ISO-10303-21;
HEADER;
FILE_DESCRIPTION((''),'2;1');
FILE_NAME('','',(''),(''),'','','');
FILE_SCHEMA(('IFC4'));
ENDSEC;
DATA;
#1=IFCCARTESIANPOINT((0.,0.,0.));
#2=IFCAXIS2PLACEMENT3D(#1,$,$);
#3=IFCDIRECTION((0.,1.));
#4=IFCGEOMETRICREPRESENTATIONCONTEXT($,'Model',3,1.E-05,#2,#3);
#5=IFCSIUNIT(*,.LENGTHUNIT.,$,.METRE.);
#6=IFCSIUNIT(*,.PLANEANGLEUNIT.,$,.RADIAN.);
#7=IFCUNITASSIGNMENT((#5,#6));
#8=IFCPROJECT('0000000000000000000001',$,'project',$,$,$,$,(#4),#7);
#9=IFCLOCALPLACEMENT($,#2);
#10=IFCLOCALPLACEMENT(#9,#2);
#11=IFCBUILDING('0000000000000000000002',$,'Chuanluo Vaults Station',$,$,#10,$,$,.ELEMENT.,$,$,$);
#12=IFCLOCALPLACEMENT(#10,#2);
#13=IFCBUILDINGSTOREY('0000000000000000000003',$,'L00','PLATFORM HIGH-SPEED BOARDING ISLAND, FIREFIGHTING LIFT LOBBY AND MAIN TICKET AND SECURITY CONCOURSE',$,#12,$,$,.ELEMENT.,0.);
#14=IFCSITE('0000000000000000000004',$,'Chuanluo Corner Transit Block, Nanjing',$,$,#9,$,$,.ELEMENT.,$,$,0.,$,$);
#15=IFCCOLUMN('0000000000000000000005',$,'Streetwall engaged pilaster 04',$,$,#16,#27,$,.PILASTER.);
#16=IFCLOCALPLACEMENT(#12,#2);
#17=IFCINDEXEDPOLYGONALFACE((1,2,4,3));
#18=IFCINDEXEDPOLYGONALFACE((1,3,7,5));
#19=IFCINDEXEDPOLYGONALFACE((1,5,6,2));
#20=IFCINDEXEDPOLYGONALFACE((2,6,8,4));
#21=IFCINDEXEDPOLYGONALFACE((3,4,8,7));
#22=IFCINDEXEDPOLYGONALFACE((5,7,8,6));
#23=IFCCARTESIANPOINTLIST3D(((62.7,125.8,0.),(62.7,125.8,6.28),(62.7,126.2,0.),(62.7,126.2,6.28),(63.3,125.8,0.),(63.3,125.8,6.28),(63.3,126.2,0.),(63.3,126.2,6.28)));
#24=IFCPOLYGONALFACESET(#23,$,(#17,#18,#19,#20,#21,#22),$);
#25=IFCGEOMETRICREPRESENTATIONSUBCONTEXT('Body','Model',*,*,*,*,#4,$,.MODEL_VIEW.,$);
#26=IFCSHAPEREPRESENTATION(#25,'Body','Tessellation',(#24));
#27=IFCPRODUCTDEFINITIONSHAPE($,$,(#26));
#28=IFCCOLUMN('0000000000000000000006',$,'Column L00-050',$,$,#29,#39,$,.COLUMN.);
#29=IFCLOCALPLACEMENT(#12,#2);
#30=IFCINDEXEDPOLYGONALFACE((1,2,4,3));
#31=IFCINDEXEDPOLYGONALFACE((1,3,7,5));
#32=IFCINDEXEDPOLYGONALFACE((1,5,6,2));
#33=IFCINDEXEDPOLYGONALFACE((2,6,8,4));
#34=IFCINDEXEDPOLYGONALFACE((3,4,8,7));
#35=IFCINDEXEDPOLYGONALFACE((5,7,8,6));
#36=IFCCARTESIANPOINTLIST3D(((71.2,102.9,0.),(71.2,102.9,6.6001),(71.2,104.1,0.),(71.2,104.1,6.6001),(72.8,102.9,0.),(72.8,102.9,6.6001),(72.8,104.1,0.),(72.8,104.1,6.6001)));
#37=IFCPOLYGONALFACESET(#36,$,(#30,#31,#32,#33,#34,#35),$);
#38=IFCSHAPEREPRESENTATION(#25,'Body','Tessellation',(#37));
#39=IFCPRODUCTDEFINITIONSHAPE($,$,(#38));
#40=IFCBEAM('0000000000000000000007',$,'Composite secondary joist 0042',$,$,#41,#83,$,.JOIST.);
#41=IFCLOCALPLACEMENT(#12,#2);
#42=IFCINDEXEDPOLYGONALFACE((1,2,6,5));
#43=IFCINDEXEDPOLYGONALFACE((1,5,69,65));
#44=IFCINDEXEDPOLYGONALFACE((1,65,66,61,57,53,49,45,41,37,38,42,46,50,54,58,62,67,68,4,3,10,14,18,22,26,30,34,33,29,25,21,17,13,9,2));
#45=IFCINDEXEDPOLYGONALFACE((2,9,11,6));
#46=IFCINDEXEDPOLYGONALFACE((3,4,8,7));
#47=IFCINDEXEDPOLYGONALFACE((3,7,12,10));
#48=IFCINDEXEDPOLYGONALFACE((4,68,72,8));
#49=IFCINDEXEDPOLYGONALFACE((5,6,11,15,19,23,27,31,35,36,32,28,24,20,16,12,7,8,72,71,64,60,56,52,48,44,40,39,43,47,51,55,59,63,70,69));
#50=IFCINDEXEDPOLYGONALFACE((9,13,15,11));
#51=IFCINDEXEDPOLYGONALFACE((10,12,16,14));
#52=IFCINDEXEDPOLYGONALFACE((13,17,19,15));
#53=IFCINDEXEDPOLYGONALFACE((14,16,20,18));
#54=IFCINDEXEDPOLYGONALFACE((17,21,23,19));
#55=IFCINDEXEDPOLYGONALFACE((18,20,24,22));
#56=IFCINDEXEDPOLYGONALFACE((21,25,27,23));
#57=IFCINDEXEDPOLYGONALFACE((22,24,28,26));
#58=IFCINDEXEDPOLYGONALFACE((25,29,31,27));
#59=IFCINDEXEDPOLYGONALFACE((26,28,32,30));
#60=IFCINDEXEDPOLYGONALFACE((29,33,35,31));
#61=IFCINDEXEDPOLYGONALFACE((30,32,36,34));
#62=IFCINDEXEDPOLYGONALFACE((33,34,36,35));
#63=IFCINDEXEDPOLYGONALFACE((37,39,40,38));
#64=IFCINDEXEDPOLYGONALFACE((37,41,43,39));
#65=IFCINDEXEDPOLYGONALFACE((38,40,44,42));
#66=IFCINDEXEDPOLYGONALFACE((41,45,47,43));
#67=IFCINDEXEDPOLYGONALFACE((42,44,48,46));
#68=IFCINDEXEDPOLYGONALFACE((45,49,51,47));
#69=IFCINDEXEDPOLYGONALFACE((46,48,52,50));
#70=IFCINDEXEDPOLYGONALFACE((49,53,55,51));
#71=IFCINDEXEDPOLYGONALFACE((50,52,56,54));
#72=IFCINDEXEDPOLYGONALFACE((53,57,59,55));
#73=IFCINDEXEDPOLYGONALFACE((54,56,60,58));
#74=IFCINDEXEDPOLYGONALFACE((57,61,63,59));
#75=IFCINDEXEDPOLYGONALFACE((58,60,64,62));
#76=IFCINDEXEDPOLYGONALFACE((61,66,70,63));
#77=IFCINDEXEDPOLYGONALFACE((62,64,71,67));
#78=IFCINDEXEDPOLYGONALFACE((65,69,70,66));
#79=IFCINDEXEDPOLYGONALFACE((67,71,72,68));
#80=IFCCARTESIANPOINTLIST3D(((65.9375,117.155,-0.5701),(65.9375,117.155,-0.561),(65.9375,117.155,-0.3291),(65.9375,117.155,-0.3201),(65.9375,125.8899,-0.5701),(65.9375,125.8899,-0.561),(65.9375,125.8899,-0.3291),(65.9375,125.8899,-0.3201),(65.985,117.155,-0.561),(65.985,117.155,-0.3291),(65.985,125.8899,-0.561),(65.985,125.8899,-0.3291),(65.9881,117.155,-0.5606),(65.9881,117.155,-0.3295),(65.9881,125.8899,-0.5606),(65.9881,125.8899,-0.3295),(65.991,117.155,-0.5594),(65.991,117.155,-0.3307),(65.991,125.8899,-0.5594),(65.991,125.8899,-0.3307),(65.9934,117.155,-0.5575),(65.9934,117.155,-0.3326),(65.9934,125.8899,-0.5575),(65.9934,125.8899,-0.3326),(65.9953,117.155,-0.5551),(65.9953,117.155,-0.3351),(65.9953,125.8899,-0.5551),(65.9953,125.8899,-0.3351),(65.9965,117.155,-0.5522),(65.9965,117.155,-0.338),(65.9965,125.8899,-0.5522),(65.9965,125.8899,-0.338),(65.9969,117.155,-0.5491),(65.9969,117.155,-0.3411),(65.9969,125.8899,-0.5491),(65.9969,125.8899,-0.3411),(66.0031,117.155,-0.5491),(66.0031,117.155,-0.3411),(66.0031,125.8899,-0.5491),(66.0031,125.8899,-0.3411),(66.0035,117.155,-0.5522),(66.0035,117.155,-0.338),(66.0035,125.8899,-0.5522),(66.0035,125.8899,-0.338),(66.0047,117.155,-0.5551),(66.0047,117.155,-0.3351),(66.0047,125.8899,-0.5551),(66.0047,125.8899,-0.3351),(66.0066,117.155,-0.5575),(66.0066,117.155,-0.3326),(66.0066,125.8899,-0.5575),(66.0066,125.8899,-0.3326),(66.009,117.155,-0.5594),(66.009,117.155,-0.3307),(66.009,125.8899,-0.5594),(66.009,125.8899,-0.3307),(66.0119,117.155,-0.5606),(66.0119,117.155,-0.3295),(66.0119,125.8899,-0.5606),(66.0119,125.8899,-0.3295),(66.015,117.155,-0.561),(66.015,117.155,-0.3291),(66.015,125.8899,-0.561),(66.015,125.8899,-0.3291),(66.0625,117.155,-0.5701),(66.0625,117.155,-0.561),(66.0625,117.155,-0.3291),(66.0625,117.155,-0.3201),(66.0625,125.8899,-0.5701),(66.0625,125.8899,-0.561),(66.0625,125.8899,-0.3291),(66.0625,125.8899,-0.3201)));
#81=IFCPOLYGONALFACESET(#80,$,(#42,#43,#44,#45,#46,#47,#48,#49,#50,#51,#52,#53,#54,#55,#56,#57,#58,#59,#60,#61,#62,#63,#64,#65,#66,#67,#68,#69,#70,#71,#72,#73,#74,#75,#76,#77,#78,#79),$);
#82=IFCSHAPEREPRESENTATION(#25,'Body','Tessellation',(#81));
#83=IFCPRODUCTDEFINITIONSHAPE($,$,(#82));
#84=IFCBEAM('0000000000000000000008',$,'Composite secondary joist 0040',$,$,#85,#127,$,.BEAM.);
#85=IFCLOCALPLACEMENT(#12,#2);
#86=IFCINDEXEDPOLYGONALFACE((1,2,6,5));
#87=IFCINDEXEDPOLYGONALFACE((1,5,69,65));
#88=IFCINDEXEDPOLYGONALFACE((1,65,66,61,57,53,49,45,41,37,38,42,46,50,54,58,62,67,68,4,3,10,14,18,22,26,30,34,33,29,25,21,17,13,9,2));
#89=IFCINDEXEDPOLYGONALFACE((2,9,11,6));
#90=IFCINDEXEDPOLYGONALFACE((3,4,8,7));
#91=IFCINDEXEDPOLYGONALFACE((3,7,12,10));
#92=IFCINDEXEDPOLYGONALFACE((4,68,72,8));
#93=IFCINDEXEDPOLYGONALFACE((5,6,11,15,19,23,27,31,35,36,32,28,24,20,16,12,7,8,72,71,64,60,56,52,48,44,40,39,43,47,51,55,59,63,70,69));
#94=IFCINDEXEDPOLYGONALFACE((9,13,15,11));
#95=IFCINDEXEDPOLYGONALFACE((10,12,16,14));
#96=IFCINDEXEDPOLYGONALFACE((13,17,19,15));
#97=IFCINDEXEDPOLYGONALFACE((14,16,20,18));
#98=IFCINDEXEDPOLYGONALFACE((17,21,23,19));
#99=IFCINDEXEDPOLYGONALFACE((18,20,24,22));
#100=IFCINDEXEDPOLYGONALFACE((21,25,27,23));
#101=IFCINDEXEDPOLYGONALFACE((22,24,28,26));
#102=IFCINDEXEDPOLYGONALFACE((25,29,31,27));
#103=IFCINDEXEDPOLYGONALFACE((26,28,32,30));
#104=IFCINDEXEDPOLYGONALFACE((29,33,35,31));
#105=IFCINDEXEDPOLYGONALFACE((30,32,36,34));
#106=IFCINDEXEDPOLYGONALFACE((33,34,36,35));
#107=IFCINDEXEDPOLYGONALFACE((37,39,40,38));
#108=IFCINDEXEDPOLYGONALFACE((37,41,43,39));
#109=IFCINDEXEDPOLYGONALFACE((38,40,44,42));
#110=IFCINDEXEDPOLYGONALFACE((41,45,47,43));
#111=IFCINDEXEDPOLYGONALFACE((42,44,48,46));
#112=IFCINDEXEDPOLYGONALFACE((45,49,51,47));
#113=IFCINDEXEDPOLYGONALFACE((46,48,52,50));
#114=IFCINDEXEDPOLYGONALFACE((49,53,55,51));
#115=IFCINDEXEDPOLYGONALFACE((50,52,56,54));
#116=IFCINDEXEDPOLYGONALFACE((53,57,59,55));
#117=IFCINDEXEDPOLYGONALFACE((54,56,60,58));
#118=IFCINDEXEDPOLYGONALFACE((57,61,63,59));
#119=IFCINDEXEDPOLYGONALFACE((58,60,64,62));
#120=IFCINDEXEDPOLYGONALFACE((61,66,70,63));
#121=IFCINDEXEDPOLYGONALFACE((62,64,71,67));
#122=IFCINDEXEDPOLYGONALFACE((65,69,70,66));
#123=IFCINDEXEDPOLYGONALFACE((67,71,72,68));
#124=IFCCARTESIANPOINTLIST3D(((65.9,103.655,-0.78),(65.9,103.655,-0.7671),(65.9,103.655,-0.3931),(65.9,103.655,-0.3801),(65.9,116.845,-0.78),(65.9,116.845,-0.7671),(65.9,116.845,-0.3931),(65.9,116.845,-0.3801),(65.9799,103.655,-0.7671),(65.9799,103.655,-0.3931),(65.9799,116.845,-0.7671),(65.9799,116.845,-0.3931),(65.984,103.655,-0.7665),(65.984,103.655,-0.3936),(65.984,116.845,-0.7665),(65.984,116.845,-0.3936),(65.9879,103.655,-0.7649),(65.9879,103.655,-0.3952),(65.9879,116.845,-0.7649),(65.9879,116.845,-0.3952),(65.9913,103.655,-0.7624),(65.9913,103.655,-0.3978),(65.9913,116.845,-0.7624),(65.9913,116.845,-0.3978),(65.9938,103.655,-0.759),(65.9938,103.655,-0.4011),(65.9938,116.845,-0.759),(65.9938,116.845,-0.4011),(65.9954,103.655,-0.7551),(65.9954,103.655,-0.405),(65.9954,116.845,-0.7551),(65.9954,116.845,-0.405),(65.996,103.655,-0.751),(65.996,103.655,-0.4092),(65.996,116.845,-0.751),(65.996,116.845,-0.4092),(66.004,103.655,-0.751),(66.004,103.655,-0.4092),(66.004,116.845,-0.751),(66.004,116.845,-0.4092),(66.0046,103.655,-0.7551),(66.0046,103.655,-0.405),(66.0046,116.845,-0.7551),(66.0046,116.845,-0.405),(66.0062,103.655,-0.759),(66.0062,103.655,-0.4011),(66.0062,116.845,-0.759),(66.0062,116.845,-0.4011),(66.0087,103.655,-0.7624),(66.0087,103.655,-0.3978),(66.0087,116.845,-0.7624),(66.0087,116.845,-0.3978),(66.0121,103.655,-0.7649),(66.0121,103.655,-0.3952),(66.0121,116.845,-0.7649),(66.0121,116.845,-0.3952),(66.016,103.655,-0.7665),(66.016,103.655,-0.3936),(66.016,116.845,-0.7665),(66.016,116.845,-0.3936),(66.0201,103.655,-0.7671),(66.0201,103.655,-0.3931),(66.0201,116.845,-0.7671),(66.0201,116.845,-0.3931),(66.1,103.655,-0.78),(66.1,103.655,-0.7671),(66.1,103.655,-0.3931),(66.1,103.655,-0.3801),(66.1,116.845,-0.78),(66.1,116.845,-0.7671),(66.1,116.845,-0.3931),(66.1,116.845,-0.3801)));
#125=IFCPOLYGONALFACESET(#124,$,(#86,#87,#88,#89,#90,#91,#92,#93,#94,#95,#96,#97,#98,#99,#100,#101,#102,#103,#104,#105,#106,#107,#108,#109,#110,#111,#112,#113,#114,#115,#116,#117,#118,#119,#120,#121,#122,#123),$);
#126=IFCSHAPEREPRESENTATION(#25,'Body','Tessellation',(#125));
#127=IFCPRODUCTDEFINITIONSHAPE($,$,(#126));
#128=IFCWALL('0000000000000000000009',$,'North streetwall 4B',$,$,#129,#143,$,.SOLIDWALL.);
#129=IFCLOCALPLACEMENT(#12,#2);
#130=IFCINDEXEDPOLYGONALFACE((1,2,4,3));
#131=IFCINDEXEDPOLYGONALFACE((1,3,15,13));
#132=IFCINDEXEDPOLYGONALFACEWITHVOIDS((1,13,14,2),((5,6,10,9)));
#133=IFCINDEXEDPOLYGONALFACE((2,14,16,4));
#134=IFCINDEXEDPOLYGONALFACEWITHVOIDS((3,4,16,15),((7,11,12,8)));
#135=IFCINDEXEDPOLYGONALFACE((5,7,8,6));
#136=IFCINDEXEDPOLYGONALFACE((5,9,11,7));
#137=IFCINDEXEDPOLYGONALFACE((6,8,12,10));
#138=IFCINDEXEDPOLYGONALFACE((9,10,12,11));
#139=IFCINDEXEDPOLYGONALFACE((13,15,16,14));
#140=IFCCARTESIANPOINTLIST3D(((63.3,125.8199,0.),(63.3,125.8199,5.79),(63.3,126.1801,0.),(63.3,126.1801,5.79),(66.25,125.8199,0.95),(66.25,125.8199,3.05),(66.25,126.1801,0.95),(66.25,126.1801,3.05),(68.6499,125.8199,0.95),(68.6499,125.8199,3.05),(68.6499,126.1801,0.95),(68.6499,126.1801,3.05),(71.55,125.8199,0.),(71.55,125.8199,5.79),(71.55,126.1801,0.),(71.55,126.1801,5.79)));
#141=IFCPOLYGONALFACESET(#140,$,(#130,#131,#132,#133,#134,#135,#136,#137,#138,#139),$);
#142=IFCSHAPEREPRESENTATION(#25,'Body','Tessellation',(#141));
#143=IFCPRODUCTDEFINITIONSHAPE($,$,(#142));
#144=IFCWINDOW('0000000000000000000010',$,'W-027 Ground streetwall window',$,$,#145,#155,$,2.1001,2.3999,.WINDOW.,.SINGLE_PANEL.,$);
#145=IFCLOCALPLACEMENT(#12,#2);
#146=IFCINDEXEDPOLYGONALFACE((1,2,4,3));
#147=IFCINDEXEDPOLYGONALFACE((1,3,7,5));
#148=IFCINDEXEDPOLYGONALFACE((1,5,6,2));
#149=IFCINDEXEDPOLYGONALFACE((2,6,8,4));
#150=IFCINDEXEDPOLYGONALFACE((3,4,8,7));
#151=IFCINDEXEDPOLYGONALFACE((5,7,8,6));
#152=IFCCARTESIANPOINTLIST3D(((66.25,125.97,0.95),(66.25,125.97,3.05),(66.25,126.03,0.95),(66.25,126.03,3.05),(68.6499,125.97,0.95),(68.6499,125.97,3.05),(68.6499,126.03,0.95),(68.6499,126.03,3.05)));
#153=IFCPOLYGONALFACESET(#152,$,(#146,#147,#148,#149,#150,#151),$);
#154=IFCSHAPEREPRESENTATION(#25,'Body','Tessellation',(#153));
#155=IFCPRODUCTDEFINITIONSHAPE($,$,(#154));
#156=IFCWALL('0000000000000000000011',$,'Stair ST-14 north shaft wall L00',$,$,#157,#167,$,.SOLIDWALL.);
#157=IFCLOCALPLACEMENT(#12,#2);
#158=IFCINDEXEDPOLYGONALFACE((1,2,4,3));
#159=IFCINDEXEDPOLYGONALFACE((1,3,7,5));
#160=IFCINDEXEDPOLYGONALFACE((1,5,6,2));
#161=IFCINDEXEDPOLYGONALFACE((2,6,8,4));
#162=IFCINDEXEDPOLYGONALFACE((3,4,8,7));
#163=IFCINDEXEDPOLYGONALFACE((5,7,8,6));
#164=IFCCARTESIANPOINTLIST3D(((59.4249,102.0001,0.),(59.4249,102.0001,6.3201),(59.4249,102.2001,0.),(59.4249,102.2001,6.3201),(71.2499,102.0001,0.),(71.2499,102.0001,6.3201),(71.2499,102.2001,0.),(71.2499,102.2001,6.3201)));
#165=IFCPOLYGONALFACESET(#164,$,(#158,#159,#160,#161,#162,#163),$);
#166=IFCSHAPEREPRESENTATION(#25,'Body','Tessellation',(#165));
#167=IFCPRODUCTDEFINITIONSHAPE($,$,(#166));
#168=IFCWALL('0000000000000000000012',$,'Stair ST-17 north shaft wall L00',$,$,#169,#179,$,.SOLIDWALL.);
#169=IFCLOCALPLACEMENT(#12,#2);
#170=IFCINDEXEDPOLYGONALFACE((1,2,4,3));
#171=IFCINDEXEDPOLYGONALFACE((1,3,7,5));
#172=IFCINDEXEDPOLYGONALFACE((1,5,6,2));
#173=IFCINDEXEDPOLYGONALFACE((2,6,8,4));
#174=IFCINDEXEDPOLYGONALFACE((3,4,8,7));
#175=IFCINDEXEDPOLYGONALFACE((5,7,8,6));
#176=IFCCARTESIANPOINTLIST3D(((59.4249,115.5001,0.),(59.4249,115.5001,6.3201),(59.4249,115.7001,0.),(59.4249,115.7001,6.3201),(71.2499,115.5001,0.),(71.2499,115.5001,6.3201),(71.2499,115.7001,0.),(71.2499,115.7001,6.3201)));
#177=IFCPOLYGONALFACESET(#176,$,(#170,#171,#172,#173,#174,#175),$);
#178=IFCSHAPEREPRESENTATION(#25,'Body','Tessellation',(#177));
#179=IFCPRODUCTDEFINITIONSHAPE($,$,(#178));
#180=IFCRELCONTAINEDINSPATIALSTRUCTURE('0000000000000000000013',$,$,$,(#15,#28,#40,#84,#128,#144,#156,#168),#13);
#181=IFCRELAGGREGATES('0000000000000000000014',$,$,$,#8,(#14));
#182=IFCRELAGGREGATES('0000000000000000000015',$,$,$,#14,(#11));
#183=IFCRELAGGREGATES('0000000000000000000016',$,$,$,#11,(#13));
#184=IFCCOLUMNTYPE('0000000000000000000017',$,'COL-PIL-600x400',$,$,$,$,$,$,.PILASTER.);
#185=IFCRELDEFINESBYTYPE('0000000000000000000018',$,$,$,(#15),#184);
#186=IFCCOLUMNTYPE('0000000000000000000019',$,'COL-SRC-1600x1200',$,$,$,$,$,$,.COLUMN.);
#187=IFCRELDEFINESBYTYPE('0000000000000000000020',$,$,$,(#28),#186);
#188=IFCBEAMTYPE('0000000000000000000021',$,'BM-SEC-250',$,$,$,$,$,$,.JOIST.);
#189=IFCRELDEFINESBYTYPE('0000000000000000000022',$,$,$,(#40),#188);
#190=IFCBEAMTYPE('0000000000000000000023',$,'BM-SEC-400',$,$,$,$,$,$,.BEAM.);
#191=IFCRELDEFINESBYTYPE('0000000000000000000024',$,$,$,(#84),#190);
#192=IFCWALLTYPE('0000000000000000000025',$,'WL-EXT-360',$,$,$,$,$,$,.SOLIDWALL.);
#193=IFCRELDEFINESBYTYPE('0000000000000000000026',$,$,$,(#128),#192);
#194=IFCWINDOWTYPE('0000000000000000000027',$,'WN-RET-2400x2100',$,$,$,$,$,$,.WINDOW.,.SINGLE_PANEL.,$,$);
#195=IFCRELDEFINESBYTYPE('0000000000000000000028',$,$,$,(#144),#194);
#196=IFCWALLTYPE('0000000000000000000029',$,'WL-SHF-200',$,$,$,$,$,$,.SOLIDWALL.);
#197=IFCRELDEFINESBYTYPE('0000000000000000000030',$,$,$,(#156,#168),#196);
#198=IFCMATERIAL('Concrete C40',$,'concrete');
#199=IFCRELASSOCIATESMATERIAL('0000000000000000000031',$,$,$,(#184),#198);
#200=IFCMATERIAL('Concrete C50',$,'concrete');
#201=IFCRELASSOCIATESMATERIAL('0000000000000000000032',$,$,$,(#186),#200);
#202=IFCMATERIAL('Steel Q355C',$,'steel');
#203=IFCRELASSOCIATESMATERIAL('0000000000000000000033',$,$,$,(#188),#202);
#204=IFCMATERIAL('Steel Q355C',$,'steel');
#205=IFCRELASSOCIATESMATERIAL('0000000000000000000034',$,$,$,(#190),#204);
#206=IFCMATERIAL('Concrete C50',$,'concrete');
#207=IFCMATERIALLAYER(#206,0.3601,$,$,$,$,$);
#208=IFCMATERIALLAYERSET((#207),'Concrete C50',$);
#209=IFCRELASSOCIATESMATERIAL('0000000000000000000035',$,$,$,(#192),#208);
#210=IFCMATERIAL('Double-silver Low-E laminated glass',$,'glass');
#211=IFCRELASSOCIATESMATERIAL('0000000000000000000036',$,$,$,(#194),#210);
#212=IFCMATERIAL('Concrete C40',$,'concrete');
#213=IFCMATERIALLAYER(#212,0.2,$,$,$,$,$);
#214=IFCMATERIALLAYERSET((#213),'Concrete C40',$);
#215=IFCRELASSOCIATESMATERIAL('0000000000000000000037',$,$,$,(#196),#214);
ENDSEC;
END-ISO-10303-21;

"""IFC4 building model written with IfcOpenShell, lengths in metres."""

from ifc_helpers import new_model, si_unit, direction, frame, frame_2d, origin, origin_2d, place, context, subcontext, project, spatial, rectangle, i_section, extrude, material, layer, layer_set, material_profile, profile_set, type_object, element, fill, save


model = new_model("IFC4")

# Units and contexts
model_context = context("Model", 3, precision=1e-05, world=origin(), true_north=direction((0.0, 1.0)))
body_context = subcontext(model_context, "Body", "Model", "MODEL_VIEW")
ifc_project = project(units=[si_unit("LENGTHUNIT", "METRE"), si_unit("PLANEANGLEUNIT", "RADIAN")], contexts=[model_context])

# Site, building, storey
site_placement = place(None, origin())
site = spatial("IfcSite", under=ifc_project, at=site_placement, Name="Chuanluo Corner Transit Block, Nanjing", CompositionType="ELEMENT", RefElevation=0.0)
building_placement = place(site_placement, origin())
building = spatial("IfcBuilding", under=site, at=building_placement, Name="Chuanluo Vaults Station", CompositionType="ELEMENT")
storey_placement = place(building_placement, origin())
storey = spatial("IfcBuildingStorey", under=building, at=storey_placement, Name="L00", Description="PLATFORM HIGH-SPEED BOARDING ISLAND, FIREFIGHTING LIFT LOBBY AND MAIN TICKET AND SECURITY CONCOURSE", CompositionType="ELEMENT", Elevation=0.0)

# Columns
ifc_material_1 = material(Name="Concrete C40", Category="concrete")
ifc_material_profile_1 = material_profile(ifc_material_1, rectangle(XDim=0.6001, YDim=0.3999, at=origin_2d()))
ifc_profile_set_1 = profile_set([ifc_material_profile_1], Name="Concrete C40")
column_type_1 = type_object("IfcColumnType", Name="COL-PIL-600x400", PredefinedType="PILASTER", material=ifc_profile_set_1)
column_1_placement = place(storey_placement, frame((63.0, 126.0, 0.0), z_axis=(0.0, 0.0, 1.0), x_axis=(1.0, 0.0, 0.0)))
element("IfcColumn", 1, at=column_1_placement, inside=storey, type_object=column_type_1, Name="Streetwall engaged pilaster 04", PredefinedType="PILASTER", context=body_context, shape_type="SweptSolid", body=[
    extrude(rectangle(XDim=0.6001, YDim=0.3999, at=origin_2d()), origin(), (0.0, 0.0, 1.0), 6.28),
])
ifc_material_2 = material(Name="Concrete C50", Category="concrete")
ifc_material_profile_2 = material_profile(ifc_material_2, rectangle(XDim=1.6001, YDim=1.2, at=origin_2d()))
ifc_profile_set_2 = profile_set([ifc_material_profile_2], Name="Concrete C50")
column_type_2 = type_object("IfcColumnType", Name="COL-SRC-1600x1200", PredefinedType="COLUMN", material=ifc_profile_set_2)
column_2_placement = place(storey_placement, frame((72.0, 103.5, 0.0), z_axis=(0.0, 0.0, 1.0), x_axis=(1.0, 0.0, 0.0)))
element("IfcColumn", 2, at=column_2_placement, inside=storey, type_object=column_type_2, Name="Column L00-050", PredefinedType="COLUMN", context=body_context, shape_type="SweptSolid", body=[
    extrude(rectangle(XDim=1.6001, YDim=1.2, at=origin_2d()), origin(), (0.0, 0.0, 1.0), 6.6001),
])

# Beams
ifc_material_3 = material(Name="Steel Q355C", Category="steel")
ifc_material_profile_3 = material_profile(ifc_material_3, i_section(OverallWidth=0.125, OverallDepth=0.25, WebThickness=0.0061, FlangeThickness=0.009, FilletRadius=0.012, at=origin_2d()))
ifc_profile_set_3 = profile_set([ifc_material_profile_3], Name="Steel Q355C")
beam_type_1 = type_object("IfcBeamType", Name="BM-SEC-250", PredefinedType="JOIST", material=ifc_profile_set_3)
beam_1_placement = place(storey_placement, frame((66.0, 117.155, -0.4451), z_axis=(0.0, 1.0, 0.0), x_axis=(-1.0, 0.0, 0.0)))
element("IfcBeam", 3, at=beam_1_placement, inside=storey, type_object=beam_type_1, Name="Composite secondary joist 0042", PredefinedType="JOIST", context=body_context, shape_type="SweptSolid", body=[
    extrude(i_section(OverallWidth=0.125, OverallDepth=0.25, WebThickness=0.0061, FlangeThickness=0.009, FilletRadius=0.012, at=origin_2d()), origin(), (0.0, 0.0, 1.0), 8.7349),
])
ifc_material_4 = material(Name="Steel Q355C", Category="steel")
ifc_material_profile_4 = material_profile(ifc_material_4, i_section(OverallWidth=0.2, OverallDepth=0.3999, WebThickness=0.0081, FlangeThickness=0.0129, FilletRadius=0.0161, at=origin_2d()))
ifc_profile_set_4 = profile_set([ifc_material_profile_4], Name="Steel Q355C")
beam_type_2 = type_object("IfcBeamType", Name="BM-SEC-400", PredefinedType="BEAM", material=ifc_profile_set_4)
beam_2_placement = place(storey_placement, frame((66.0, 103.655, -0.5801), z_axis=(0.0, 1.0, 0.0), x_axis=(-1.0, 0.0, 0.0)))
element("IfcBeam", 4, at=beam_2_placement, inside=storey, type_object=beam_type_2, Name="Composite secondary joist 0040", PredefinedType="BEAM", context=body_context, shape_type="SweptSolid", body=[
    extrude(i_section(OverallWidth=0.2, OverallDepth=0.3999, WebThickness=0.0081, FlangeThickness=0.0129, FilletRadius=0.0161, at=origin_2d()), origin(), (0.0, 0.0, 1.0), 13.1899),
])

# Wall, opening, window
ifc_material_5 = material(Name="Concrete C50", Category="concrete")
ifc_layer_1 = layer(ifc_material_5, 0.3601)
ifc_layer_set_1 = layer_set([ifc_layer_1], Name="Concrete C50")
wall_type_1 = type_object("IfcWallType", Name="WL-EXT-360", PredefinedType="SOLIDWALL", material=ifc_layer_set_1)
wall_1_placement = place(storey_placement, frame((63.3, 126.0, 0.0), z_axis=(0.0, 0.0, 1.0), x_axis=(1.0, 0.0, 0.0)))
wall_1 = element("IfcWall", 5, at=wall_1_placement, inside=storey, type_object=wall_type_1, Name="North streetwall 4B", PredefinedType="SOLIDWALL", context=body_context, shape_type="SweptSolid", body=[
    extrude(rectangle(XDim=8.25, YDim=0.3601, at=frame_2d((4.125, 0.0))), origin(), (0.0, 0.0, 1.0), 5.79),
])
opening_placement = place(wall_1_placement, frame((2.95, 0.0, 0.95)))
opening = element("IfcOpeningElement", 6, at=opening_placement, cuts=wall_1, PredefinedType="OPENING", context=body_context, shape_type="SweptSolid", body=[
    extrude(rectangle(XDim=2.3999, YDim=2.1001, at=frame_2d((1.2, 1.05))), frame((0.0, 0.1902, 0.0), z_axis=(0.0, -1.0, 0.0), x_axis=(1.0, 0.0, 0.0)), (0.0, 0.0, 1.0), 0.3801),
])
ifc_material_6 = material(Name="Double-silver Low-E laminated glass", Category="glass")
window_type = type_object("IfcWindowType", Name="WN-RET-2400x2100", PartitioningType="SINGLE_PANEL", PredefinedType="WINDOW", material=ifc_material_6)
window_placement = place(opening_placement, origin())
window = element("IfcWindow", 7, at=window_placement, inside=storey, type_object=window_type, Name="W-027 Ground streetwall window", OverallHeight=2.1001, OverallWidth=2.3999, PartitioningType="SINGLE_PANEL", PredefinedType="WINDOW", context=body_context, shape_type="SweptSolid", body=[
    extrude(rectangle(XDim=2.3999, YDim=2.1001, at=frame_2d((1.2, 1.05))), frame((0.0, 0.03, 0.0), z_axis=(0.0, -1.0, 0.0), x_axis=(1.0, 0.0, 0.0)), (0.0, 0.0, 1.0), 0.0601),
])
fill(opening, window)

# Walls
ifc_material_7 = material(Name="Concrete C40", Category="concrete")
ifc_layer_2 = layer(ifc_material_7, 0.2)
ifc_layer_set_2 = layer_set([ifc_layer_2], Name="Concrete C40")
wall_type_2 = type_object("IfcWallType", Name="WL-SHF-200", PredefinedType="SOLIDWALL", material=ifc_layer_set_2)
for number, where, z_axis, x_axis, name in (
    (8, (71.25, 102.1001, 0.0), (0.0, 0.0, 1.0), (-1.0, 0.0, 0.0), "Stair ST-14 north shaft wall L00"),
    (9, (71.25, 115.6001, 0.0), (0.0, 0.0, 1.0), (-1.0, 0.0, 0.0), "Stair ST-17 north shaft wall L00"),
):
    element("IfcWall", number, at=place(storey_placement, frame(where, z_axis=z_axis, x_axis=x_axis)), inside=storey, type_object=wall_type_2, Name=name, PredefinedType="SOLIDWALL", context=body_context, shape_type="SweptSolid", body=[
        extrude(rectangle(XDim=11.825, YDim=0.2, at=frame_2d((5.9126, 0.0))), origin(), (0.0, 0.0, 1.0), 6.3201),
    ])

save(model, "model.ifc")
